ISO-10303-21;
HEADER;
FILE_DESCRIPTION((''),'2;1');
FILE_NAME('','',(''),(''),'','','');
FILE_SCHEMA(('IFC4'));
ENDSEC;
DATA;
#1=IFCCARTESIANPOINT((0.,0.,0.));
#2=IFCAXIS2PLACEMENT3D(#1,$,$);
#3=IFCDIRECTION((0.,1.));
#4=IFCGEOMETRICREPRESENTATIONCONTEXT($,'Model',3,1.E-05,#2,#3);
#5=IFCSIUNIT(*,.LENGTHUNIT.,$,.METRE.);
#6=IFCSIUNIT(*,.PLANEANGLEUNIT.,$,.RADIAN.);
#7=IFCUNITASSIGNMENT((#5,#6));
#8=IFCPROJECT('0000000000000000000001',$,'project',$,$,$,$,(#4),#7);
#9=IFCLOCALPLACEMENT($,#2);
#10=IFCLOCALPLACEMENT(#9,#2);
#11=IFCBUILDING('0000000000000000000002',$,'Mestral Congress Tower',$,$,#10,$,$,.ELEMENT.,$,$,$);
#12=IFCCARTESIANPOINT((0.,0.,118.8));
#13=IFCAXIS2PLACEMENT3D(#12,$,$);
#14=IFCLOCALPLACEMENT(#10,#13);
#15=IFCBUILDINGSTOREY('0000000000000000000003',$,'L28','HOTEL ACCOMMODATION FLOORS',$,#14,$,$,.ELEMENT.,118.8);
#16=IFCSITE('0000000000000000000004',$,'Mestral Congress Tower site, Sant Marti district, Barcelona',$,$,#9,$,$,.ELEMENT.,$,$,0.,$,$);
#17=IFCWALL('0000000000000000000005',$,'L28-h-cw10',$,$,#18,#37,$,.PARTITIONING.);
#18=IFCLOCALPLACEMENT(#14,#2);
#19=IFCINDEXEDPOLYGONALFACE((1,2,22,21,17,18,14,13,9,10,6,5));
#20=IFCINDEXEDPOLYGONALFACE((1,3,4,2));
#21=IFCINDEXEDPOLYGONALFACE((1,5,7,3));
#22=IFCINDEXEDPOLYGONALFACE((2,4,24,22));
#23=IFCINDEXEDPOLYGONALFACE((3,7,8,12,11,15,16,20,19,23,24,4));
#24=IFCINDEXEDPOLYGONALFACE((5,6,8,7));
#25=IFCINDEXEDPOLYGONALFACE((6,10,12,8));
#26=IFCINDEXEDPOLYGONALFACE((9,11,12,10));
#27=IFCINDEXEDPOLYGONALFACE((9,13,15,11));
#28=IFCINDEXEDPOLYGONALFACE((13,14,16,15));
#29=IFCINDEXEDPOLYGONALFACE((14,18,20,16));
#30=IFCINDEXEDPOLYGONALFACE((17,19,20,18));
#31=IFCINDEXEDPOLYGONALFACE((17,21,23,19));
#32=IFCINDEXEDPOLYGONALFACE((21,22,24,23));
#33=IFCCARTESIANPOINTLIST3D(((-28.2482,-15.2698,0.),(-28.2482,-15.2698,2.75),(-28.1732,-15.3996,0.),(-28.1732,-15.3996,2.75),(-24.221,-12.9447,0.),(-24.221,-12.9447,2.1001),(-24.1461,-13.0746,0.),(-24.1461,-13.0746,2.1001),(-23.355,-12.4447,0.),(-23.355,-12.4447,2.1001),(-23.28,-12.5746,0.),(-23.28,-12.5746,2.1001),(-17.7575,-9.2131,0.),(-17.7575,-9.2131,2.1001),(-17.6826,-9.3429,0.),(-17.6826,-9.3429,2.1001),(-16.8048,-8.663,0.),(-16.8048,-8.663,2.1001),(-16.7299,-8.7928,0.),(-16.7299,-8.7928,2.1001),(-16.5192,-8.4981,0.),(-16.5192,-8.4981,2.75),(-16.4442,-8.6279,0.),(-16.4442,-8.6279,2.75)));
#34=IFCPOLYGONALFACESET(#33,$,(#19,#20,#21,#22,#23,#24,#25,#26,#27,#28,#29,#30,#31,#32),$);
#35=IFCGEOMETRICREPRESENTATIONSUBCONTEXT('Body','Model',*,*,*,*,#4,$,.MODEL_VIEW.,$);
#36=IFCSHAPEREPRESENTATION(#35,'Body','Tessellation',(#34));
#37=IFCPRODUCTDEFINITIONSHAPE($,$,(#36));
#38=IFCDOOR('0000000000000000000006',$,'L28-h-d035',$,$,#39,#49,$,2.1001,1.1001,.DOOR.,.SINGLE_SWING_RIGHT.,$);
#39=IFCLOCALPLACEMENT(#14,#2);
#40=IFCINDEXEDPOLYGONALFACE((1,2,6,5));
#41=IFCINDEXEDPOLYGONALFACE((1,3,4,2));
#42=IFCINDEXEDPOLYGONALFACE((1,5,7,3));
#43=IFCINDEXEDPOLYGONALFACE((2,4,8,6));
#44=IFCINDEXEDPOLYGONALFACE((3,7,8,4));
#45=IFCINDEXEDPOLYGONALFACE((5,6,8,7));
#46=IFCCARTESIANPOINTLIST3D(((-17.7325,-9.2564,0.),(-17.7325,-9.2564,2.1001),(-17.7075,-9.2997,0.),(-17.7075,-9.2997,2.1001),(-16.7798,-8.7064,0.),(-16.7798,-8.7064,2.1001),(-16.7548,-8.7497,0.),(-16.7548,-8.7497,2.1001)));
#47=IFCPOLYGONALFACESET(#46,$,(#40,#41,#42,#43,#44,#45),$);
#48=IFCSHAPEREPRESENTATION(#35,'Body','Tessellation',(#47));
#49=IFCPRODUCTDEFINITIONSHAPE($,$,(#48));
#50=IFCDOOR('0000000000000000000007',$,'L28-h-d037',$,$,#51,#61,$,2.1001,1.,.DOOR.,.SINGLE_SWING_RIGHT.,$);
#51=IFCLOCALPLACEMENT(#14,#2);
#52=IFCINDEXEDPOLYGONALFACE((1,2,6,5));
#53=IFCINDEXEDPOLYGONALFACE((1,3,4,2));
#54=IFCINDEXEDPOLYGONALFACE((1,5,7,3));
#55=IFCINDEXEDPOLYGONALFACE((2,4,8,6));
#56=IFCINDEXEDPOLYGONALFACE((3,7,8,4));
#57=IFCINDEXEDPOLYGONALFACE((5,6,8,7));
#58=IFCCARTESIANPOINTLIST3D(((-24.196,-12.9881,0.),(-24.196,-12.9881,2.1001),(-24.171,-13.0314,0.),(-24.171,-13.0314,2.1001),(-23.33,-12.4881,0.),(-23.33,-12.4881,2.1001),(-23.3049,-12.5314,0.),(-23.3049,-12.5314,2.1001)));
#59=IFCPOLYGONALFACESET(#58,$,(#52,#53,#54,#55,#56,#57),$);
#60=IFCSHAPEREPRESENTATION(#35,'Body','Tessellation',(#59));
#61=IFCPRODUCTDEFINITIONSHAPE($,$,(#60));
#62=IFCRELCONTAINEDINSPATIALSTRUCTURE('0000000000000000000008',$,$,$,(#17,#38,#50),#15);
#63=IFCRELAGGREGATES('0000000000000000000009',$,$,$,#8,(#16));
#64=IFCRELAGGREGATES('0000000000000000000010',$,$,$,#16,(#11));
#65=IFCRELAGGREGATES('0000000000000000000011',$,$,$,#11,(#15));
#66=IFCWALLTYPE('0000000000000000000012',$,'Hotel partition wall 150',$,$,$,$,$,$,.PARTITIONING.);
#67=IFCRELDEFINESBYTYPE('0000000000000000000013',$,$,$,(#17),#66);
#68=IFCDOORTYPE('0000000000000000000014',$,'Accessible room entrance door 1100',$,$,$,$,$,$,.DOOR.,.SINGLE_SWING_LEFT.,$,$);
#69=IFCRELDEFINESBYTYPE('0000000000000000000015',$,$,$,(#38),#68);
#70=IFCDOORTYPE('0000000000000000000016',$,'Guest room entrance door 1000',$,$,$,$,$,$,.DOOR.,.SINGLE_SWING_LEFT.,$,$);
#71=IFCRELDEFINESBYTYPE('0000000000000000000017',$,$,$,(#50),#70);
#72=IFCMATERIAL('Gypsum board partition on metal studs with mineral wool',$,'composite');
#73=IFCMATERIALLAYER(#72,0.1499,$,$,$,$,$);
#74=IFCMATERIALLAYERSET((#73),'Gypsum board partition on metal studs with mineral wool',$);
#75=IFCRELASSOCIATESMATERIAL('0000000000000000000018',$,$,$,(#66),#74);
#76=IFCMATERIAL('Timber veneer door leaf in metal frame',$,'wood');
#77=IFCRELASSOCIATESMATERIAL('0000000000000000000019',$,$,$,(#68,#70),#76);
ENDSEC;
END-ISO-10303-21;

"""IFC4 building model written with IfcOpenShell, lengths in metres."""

from ifc_helpers import new_model, si_unit, direction, frame, frame_2d, origin, place, context, subcontext, project, spatial, rectangle, extrude, material, layer, layer_set, type_object, element, fill, save


model = new_model("IFC4")

# Units and contexts
model_context = context("Model", 3, precision=1e-05, world=origin(), true_north=direction((0.0, 1.0)))
body_context = subcontext(model_context, "Body", "Model", "MODEL_VIEW")
ifc_project = project(units=[si_unit("LENGTHUNIT", "METRE"), si_unit("PLANEANGLEUNIT", "RADIAN")], contexts=[model_context])

# Site, building, storey
site_placement = place(None, origin())
site = spatial("IfcSite", under=ifc_project, at=site_placement, Name="Mestral Congress Tower site, Sant Marti district, Barcelona", CompositionType="ELEMENT", RefElevation=0.0)
building_placement = place(site_placement, origin())
building = spatial("IfcBuilding", under=site, at=building_placement, Name="Mestral Congress Tower", CompositionType="ELEMENT")
storey_placement = place(building_placement, frame((0.0, 0.0, 118.8)))
storey = spatial("IfcBuildingStorey", under=building, at=storey_placement, Name="L28", Description="HOTEL ACCOMMODATION FLOORS", CompositionType="ELEMENT", Elevation=118.8)

# Shared definitions
ifc_material_1 = material(Name="Gypsum board partition on metal studs with mineral wool", Category="composite")

# Wall, openings, doors
ifc_layer_1 = layer(ifc_material_1, 0.1499)
ifc_layer_set_1 = layer_set([ifc_layer_1], Name="Gypsum board partition on metal studs with mineral wool")
wall_type_1 = type_object("IfcWallType", Name="Hotel partition wall 150", PredefinedType="PARTITIONING", material=ifc_layer_set_1)
wall_1_placement = place(storey_placement, frame((-28.2107, -15.3347, 0.0), z_axis=(0.0, 0.0, 1.0), x_axis=(0.866026, 0.499999, 0.0)))
wall_1 = element("IfcWall", 1, at=wall_1_placement, inside=storey, type_object=wall_type_1, Name="L28-h-cw10", PredefinedType="PARTITIONING", context=body_context, shape_type="SweptSolid", body=[
    extrude(rectangle(XDim=13.5435, YDim=0.1499, at=frame_2d((6.7717, 0.0))), origin(), (0.0, 0.0, 1.0), 2.75),
])
opening_1_placement = place(wall_1_placement, frame((12.1135, 0.0, 0.0)))
opening_1 = element("IfcOpeningElement", 2, at=opening_1_placement, cuts=wall_1, PredefinedType="OPENING", context=body_context, shape_type="SweptSolid", body=[
    extrude(rectangle(XDim=1.1001, YDim=2.1001, at=frame_2d((0.55, 1.05))), frame((0.0, 0.085, 0.0), z_axis=(0.0, -1.0, 0.0), x_axis=(1.0, 0.0, 0.0)), (0.0, 0.0, 1.0), 0.1699),
])
opening_2_placement = place(wall_1_placement, frame((4.6501, 0.0, 0.0)))
opening_2 = element("IfcOpeningElement", 3, at=opening_2_placement, cuts=wall_1, PredefinedType="OPENING", context=body_context, shape_type="SweptSolid", body=[
    extrude(rectangle(XDim=1.0, YDim=2.1001, at=frame_2d((0.5, 1.05))), frame((0.0, 0.085, 0.0), z_axis=(0.0, -1.0, 0.0), x_axis=(1.0, 0.0, 0.0)), (0.0, 0.0, 1.0), 0.1699),
])
ifc_material_2 = material(Name="Timber veneer door leaf in metal frame", Category="wood")
door_type_1 = type_object("IfcDoorType", Name="Accessible room entrance door 1100", OperationType="SINGLE_SWING_LEFT", PredefinedType="DOOR", material=ifc_material_2)
door_1_placement = place(opening_1_placement, origin())
door_1 = element("IfcDoor", 4, at=door_1_placement, inside=storey, type_object=door_type_1, Name="L28-h-d035", OperationType="SINGLE_SWING_RIGHT", OverallHeight=2.1001, OverallWidth=1.1001, PredefinedType="DOOR", context=body_context, shape_type="SweptSolid", body=[
    extrude(rectangle(XDim=1.1001, YDim=2.1001, at=frame_2d((0.55, 1.05))), frame((0.0, 0.0249, 0.0), z_axis=(0.0, -1.0, 0.0), x_axis=(1.0, 0.0, 0.0)), (0.0, 0.0, 1.0), 0.05),
])
fill(opening_1, door_1)
door_type_2 = type_object("IfcDoorType", Name="Guest room entrance door 1000", OperationType="SINGLE_SWING_LEFT", PredefinedType="DOOR", material=ifc_material_2)
door_2_placement = place(opening_2_placement, origin())
door_2 = element("IfcDoor", 5, at=door_2_placement, inside=storey, type_object=door_type_2, Name="L28-h-d037", OperationType="SINGLE_SWING_RIGHT", OverallHeight=2.1001, OverallWidth=1.0, PredefinedType="DOOR", context=body_context, shape_type="SweptSolid", body=[
    extrude(rectangle(XDim=1.0, YDim=2.1001, at=frame_2d((0.5, 1.05))), frame((0.0, 0.0249, 0.0), z_axis=(0.0, -1.0, 0.0), x_axis=(1.0, 0.0, 0.0)), (0.0, 0.0, 1.0), 0.05),
])
fill(opening_2, door_2)

save(model, "model.ifc")
